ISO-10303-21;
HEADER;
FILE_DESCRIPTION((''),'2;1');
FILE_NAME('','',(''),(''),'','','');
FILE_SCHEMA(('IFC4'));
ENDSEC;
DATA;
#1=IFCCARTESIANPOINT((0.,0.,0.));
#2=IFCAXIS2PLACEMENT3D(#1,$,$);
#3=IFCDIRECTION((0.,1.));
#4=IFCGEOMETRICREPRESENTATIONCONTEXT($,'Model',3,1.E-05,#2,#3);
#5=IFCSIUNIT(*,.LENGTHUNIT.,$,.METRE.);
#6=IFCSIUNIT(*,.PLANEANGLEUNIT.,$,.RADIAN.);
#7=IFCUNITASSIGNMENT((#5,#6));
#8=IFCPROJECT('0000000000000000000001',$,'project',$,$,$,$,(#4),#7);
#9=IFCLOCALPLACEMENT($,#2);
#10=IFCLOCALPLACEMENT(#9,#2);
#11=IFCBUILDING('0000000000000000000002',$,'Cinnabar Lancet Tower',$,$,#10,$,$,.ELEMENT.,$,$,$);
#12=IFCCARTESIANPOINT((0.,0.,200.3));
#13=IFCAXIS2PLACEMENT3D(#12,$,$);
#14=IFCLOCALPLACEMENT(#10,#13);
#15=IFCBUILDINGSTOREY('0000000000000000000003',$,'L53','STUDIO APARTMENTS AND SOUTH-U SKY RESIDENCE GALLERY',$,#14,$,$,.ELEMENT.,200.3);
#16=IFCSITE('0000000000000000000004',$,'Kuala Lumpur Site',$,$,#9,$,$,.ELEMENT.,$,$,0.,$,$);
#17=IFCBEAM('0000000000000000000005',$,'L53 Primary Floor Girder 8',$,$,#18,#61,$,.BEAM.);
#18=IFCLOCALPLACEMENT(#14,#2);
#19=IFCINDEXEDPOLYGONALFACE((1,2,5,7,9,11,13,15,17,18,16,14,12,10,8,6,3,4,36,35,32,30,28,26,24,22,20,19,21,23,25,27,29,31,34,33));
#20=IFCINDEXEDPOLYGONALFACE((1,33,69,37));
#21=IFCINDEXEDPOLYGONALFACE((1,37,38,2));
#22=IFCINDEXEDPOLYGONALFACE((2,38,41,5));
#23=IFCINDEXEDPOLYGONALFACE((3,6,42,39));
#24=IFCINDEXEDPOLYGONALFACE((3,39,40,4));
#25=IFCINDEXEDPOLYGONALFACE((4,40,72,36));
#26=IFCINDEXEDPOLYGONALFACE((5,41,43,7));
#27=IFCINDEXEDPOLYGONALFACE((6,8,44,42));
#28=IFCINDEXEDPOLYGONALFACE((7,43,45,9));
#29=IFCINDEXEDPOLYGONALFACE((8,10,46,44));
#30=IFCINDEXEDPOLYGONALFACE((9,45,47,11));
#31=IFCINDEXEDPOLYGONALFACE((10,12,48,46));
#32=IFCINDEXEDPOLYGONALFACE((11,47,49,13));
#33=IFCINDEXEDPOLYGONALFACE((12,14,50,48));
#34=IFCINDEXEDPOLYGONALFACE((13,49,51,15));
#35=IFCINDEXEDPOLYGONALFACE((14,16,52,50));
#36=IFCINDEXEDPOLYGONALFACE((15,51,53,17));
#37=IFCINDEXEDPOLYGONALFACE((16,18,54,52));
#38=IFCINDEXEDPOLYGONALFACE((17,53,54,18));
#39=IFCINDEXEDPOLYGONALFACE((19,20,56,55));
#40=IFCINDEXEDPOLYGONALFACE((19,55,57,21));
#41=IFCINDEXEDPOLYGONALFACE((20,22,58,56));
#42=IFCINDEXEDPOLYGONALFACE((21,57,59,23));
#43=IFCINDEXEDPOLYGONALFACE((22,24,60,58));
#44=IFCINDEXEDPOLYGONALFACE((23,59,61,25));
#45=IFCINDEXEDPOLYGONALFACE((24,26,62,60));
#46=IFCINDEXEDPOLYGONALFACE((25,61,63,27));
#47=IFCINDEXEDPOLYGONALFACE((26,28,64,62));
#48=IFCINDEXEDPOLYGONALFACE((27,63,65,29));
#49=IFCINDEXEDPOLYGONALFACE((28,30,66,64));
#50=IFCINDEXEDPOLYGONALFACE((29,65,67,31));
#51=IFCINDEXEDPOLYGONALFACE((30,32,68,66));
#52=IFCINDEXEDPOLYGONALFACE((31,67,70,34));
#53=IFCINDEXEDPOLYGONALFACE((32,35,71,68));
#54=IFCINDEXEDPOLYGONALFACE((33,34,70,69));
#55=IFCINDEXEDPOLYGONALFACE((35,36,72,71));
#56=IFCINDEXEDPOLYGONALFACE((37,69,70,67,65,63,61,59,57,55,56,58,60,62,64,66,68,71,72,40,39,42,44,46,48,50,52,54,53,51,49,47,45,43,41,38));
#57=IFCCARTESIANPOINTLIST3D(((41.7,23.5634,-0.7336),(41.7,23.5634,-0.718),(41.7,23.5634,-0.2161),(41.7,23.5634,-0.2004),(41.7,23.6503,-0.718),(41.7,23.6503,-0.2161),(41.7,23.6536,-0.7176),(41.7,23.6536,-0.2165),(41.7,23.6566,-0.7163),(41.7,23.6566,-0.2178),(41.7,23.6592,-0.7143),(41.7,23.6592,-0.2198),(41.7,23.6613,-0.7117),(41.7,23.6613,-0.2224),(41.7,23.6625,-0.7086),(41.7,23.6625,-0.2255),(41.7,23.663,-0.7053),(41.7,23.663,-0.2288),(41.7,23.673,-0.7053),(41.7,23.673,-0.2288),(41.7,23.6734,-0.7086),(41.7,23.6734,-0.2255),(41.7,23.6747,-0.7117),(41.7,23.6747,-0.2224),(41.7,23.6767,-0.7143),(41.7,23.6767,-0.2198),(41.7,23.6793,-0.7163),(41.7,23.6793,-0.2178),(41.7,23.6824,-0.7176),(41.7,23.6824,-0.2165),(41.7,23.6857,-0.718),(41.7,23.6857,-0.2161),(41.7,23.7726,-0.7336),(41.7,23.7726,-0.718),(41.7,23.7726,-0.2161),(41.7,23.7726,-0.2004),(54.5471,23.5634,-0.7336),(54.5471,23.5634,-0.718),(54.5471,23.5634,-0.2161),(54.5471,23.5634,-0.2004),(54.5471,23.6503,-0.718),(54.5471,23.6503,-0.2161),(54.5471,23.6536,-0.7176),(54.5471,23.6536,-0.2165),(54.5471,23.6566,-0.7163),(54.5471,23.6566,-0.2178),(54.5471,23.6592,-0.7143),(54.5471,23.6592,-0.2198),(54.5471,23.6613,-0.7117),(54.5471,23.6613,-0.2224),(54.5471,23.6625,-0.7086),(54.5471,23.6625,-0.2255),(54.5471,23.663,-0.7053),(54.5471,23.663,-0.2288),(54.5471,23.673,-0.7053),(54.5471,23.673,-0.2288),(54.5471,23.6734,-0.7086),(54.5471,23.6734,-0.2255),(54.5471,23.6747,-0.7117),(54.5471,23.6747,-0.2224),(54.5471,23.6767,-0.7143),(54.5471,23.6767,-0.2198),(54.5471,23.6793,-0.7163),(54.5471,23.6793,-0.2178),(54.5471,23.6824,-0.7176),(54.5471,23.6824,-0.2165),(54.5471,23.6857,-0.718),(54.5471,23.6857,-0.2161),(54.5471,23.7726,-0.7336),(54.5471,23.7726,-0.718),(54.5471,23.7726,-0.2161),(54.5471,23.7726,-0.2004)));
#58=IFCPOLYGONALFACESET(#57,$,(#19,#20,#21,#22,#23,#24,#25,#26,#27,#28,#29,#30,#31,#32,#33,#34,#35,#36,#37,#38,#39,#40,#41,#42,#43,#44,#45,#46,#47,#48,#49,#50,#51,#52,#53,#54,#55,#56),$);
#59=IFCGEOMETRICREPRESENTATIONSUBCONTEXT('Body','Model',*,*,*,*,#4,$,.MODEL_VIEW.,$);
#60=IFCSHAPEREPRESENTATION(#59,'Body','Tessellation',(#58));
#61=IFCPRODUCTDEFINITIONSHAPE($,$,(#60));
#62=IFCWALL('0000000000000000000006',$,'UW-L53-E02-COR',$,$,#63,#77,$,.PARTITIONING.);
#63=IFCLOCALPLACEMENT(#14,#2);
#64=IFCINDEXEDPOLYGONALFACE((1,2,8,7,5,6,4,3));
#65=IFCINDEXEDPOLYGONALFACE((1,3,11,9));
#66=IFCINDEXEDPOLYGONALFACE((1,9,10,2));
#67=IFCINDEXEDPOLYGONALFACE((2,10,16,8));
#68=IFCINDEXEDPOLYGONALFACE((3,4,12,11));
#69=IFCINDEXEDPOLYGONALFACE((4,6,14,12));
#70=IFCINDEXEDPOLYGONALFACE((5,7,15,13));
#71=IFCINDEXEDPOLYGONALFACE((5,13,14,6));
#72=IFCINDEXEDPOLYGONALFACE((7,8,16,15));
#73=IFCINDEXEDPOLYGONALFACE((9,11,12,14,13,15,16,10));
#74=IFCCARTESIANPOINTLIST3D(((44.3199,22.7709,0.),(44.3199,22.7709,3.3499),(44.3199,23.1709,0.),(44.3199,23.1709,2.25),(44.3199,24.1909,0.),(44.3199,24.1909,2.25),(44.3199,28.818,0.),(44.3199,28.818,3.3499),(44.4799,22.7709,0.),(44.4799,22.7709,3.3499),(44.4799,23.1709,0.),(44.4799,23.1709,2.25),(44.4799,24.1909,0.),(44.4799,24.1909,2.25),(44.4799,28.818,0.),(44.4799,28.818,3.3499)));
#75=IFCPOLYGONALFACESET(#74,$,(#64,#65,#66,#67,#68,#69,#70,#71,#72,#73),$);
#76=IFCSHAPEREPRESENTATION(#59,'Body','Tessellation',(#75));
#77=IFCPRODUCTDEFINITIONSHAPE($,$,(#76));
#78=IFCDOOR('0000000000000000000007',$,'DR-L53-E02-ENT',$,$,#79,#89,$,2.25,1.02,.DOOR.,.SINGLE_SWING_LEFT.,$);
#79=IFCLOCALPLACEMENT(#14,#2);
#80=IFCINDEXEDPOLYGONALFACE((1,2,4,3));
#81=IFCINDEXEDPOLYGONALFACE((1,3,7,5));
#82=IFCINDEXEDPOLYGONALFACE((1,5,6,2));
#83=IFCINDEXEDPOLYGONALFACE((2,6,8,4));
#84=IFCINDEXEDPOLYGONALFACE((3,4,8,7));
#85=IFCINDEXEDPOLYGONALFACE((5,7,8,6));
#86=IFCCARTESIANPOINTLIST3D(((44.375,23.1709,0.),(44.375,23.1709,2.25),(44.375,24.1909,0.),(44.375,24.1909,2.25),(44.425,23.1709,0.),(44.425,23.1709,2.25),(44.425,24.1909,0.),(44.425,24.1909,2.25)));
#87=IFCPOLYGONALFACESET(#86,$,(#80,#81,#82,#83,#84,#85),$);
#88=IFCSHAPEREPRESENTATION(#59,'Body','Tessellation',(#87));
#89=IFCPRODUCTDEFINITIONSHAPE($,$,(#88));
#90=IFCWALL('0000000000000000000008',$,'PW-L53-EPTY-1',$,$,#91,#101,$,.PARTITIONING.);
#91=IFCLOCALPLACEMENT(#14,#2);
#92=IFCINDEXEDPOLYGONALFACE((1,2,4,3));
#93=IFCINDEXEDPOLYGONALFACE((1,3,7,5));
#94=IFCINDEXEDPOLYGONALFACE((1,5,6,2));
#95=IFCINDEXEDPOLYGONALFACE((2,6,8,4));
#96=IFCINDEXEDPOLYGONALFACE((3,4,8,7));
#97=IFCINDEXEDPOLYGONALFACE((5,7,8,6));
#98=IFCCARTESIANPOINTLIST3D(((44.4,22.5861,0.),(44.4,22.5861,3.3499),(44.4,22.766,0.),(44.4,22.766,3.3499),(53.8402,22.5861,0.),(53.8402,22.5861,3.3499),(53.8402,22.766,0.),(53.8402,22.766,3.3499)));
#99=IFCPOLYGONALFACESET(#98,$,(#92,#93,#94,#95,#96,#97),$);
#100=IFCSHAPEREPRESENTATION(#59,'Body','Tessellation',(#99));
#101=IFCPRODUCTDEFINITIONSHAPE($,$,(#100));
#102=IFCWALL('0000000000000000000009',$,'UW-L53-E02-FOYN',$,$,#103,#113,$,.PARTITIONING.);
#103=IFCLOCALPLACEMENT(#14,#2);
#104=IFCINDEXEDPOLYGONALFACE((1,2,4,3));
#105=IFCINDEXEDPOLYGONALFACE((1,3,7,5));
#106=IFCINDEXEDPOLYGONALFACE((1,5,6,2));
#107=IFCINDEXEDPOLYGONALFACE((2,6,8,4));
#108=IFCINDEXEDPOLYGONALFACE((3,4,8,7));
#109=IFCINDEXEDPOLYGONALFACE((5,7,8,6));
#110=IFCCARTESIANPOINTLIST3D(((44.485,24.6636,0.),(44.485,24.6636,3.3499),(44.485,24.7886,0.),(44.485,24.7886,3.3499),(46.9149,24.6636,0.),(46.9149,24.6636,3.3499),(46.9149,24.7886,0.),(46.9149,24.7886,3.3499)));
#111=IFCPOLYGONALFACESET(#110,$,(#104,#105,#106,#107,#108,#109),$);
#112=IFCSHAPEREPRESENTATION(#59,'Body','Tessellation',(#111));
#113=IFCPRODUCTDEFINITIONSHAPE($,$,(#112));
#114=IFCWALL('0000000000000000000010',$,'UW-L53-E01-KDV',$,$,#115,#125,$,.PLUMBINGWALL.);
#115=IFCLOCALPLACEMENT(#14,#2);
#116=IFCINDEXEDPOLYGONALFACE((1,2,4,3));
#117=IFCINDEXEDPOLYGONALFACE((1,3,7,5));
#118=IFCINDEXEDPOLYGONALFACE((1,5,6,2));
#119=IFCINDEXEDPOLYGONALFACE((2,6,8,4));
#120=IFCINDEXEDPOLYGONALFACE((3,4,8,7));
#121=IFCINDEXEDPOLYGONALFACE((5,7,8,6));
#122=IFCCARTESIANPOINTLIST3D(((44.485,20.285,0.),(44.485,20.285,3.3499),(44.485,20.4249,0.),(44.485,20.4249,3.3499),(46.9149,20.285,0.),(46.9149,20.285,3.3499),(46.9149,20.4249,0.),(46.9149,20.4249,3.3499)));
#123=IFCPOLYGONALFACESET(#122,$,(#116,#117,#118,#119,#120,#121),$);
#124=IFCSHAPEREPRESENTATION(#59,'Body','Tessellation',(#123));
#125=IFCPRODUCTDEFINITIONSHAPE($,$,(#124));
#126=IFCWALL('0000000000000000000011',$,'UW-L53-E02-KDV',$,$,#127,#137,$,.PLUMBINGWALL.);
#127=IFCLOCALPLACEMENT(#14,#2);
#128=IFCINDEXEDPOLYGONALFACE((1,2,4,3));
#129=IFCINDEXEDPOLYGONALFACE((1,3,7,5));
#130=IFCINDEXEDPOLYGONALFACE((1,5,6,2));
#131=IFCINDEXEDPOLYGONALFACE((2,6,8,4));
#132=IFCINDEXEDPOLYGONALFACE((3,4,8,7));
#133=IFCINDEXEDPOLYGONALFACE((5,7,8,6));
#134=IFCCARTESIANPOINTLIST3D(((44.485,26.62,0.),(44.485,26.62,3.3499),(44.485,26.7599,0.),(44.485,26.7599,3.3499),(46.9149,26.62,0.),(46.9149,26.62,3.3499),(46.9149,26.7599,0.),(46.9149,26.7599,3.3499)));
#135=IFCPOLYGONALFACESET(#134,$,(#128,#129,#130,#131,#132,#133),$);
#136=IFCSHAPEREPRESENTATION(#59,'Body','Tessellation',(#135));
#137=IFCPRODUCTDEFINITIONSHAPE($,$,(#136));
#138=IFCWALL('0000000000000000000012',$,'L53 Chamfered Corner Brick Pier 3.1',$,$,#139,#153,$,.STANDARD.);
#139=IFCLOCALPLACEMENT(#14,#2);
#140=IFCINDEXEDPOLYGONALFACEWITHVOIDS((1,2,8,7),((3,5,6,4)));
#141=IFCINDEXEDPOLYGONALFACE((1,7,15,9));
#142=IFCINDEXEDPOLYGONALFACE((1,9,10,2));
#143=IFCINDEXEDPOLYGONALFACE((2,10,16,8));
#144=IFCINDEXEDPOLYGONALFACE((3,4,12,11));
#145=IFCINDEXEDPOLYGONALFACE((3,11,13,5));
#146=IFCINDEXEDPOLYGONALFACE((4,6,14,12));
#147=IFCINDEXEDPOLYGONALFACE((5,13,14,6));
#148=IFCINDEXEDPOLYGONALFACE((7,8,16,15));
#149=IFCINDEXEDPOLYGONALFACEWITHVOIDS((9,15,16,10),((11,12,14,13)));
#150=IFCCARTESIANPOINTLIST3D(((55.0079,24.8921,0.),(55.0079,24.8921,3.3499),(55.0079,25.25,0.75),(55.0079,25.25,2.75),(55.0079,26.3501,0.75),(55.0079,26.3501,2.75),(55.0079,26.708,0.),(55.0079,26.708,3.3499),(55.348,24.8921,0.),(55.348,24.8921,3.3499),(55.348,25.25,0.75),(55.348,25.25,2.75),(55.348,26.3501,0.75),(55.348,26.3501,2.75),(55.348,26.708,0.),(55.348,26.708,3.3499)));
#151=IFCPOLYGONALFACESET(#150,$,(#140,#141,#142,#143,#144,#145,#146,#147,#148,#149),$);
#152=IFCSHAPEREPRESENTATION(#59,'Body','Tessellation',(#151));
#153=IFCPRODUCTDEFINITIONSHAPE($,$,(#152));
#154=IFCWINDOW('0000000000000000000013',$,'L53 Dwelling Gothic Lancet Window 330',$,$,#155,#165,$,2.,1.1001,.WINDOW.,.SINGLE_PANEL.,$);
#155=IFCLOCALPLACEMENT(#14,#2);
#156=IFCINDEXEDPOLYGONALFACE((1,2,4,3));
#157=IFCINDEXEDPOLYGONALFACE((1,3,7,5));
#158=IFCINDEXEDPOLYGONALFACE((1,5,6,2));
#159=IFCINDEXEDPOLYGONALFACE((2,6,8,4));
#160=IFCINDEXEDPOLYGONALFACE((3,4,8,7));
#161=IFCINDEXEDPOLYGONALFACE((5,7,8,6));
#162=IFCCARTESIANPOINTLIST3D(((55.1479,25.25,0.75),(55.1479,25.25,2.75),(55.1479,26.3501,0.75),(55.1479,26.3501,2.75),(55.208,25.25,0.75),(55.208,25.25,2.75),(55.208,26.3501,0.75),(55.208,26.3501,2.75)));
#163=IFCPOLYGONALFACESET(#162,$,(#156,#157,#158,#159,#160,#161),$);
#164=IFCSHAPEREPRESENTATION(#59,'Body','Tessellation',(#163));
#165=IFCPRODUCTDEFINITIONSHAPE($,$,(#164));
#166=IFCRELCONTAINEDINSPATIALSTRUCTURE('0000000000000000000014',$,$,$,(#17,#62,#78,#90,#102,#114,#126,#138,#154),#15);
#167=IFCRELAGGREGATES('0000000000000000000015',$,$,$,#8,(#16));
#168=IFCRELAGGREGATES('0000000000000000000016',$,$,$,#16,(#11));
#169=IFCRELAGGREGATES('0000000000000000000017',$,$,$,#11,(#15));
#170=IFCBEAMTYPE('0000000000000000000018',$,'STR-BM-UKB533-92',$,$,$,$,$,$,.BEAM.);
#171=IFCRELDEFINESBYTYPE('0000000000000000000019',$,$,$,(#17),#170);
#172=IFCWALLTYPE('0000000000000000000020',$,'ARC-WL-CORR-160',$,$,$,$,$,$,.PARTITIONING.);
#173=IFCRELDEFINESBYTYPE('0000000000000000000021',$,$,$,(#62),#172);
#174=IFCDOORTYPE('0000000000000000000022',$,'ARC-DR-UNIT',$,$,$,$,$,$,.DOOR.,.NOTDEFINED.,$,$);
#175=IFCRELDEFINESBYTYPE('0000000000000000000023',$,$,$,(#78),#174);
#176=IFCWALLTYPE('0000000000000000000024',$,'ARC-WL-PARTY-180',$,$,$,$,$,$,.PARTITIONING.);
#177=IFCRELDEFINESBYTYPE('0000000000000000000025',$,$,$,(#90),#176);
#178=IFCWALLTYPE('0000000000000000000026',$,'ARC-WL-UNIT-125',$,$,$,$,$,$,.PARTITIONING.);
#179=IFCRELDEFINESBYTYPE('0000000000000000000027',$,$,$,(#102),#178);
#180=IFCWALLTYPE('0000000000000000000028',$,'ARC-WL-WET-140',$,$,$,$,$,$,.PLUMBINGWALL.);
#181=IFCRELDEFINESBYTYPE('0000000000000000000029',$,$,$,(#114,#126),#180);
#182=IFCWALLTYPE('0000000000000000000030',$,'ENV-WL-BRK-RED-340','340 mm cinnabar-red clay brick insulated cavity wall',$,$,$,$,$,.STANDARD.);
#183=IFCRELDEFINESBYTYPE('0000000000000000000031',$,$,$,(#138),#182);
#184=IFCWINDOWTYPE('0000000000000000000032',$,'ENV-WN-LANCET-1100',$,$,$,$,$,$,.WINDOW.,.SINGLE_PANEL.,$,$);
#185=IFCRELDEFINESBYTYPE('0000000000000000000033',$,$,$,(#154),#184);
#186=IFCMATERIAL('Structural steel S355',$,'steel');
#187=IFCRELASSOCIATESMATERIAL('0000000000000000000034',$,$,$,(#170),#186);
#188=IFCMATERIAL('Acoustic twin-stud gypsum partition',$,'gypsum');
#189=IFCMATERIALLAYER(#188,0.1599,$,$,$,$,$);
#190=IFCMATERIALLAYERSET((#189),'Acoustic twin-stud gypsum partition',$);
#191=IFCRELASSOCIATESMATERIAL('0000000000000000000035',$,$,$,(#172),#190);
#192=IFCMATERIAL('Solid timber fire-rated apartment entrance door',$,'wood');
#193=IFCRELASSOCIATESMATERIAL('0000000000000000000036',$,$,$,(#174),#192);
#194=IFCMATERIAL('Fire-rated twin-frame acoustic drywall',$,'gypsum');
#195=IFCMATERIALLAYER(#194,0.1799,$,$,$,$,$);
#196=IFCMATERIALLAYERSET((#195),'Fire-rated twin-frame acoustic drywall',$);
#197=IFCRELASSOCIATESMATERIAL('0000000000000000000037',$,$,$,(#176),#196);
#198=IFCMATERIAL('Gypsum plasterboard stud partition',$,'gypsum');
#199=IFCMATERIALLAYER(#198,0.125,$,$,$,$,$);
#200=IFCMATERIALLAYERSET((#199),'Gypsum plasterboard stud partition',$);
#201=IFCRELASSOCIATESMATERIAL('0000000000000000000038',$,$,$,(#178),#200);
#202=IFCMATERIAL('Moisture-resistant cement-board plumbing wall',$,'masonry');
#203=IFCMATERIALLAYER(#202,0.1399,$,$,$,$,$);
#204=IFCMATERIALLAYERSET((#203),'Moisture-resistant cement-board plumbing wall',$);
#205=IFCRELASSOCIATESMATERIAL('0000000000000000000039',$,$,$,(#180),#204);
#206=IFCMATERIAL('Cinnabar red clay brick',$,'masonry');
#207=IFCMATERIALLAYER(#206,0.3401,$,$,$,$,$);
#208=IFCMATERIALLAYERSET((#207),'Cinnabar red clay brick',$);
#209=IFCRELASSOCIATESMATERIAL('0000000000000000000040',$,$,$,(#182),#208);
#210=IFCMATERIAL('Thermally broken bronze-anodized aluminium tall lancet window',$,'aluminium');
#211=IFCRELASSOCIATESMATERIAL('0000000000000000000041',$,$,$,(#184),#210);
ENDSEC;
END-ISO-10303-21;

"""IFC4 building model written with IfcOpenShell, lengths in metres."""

from ifc_helpers import new_model, si_unit, direction, frame, frame_2d, origin, origin_2d, place, context, subcontext, project, spatial, rectangle, i_section, extrude, material, layer, layer_set, material_profile, profile_set, type_object, element, fill, save


model = new_model("IFC4")

# Units and contexts
model_context = context("Model", 3, precision=1e-05, world=origin(), true_north=direction((0.0, 1.0)))
body_context = subcontext(model_context, "Body", "Model", "MODEL_VIEW")
ifc_project = project(units=[si_unit("LENGTHUNIT", "METRE"), si_unit("PLANEANGLEUNIT", "RADIAN")], contexts=[model_context])

# Site, building, storey
site_placement = place(None, origin())
site = spatial("IfcSite", under=ifc_project, at=site_placement, Name="Kuala Lumpur Site", CompositionType="ELEMENT", RefElevation=0.0)
building_placement = place(site_placement, origin())
building = spatial("IfcBuilding", under=site, at=building_placement, Name="Cinnabar Lancet Tower", CompositionType="ELEMENT")
storey_placement = place(building_placement, frame((0.0, 0.0, 200.3)))
storey = spatial("IfcBuildingStorey", under=building, at=storey_placement, Name="L53", Description="STUDIO APARTMENTS AND SOUTH-U SKY RESIDENCE GALLERY", CompositionType="ELEMENT", Elevation=200.3)

# Beam
ifc_material_1 = material(Name="Structural steel S355", Category="steel")
ifc_material_profile_1 = material_profile(ifc_material_1, i_section(OverallWidth=0.2092, OverallDepth=0.5332, WebThickness=0.01, FlangeThickness=0.0156, FilletRadius=0.0127, at=origin_2d()), Name="UKB 533x210x92")
ifc_profile_set_1 = profile_set([ifc_material_profile_1], Name="Structural steel S355")
beam_type_1 = type_object("IfcBeamType", Name="STR-BM-UKB533-92", PredefinedType="BEAM", material=ifc_profile_set_1)
beam_1_placement = place(storey_placement, frame((54.5471, 23.668, -0.467), z_axis=(-1.0, 0.0, 0.0), x_axis=(0.0, -1.0, 0.0)))
element("IfcBeam", 1, at=beam_1_placement, inside=storey, type_object=beam_type_1, Name="L53 Primary Floor Girder 8", PredefinedType="BEAM", context=body_context, shape_type="SweptSolid", body=[
    extrude(i_section(OverallWidth=0.2092, OverallDepth=0.5332, WebThickness=0.01, FlangeThickness=0.0156, FilletRadius=0.0127, at=origin_2d()), origin(), (0.0, 0.0, 1.0), 12.8472),
])

# Wall, opening, door
ifc_material_2 = material(Name="Acoustic twin-stud gypsum partition", Category="gypsum")
ifc_layer_1 = layer(ifc_material_2, 0.1599)
ifc_layer_set_1 = layer_set([ifc_layer_1], Name="Acoustic twin-stud gypsum partition")
wall_type_1 = type_object("IfcWallType", Name="ARC-WL-CORR-160", PredefinedType="PARTITIONING", material=ifc_layer_set_1)
wall_1_placement = place(storey_placement, frame((44.3999, 22.771, 0.0), z_axis=(0.0, 0.0, 1.0), x_axis=(0.0, 1.0, 0.0)))
wall_1 = element("IfcWall", 2, at=wall_1_placement, inside=storey, type_object=wall_type_1, Name="UW-L53-E02-COR", PredefinedType="PARTITIONING", context=body_context, shape_type="SweptSolid", body=[
    extrude(rectangle(XDim=6.0471, YDim=0.1599, at=frame_2d((3.0234, 0.0))), origin(), (0.0, 0.0, 1.0), 3.3499),
])
opening_1_placement = place(wall_1_placement, frame((0.3999, 0.0, 0.0)))
opening_1 = element("IfcOpeningElement", 3, at=opening_1_placement, cuts=wall_1, PredefinedType="OPENING", context=body_context, shape_type="SweptSolid", body=[
    extrude(rectangle(XDim=1.02, YDim=2.25, at=frame_2d((0.51, 1.125))), frame((0.0, 0.0898, 0.0), z_axis=(0.0, -1.0, 0.0), x_axis=(1.0, 0.0, 0.0)), (0.0, 0.0, 1.0), 0.1799),
])
ifc_material_3 = material(Name="Solid timber fire-rated apartment entrance door", Category="wood")
door_type_1 = type_object("IfcDoorType", Name="ARC-DR-UNIT", OperationType="NOTDEFINED", PredefinedType="DOOR", material=ifc_material_3)
door_1_placement = place(opening_1_placement, origin())
door_1 = element("IfcDoor", 4, at=door_1_placement, inside=storey, type_object=door_type_1, Name="DR-L53-E02-ENT", OperationType="SINGLE_SWING_LEFT", OverallHeight=2.25, OverallWidth=1.02, PredefinedType="DOOR", context=body_context, shape_type="SweptSolid", body=[
    extrude(rectangle(XDim=1.02, YDim=2.25, at=frame_2d((0.51, 1.125))), frame((0.0, 0.0249, 0.0), z_axis=(0.0, -1.0, 0.0), x_axis=(1.0, 0.0, 0.0)), (0.0, 0.0, 1.0), 0.05),
])
fill(opening_1, door_1)

# Walls
ifc_material_4 = material(Name="Fire-rated twin-frame acoustic drywall", Category="gypsum")
ifc_layer_2 = layer(ifc_material_4, 0.1799)
ifc_layer_set_2 = layer_set([ifc_layer_2], Name="Fire-rated twin-frame acoustic drywall")
wall_type_2 = type_object("IfcWallType", Name="ARC-WL-PARTY-180", PredefinedType="PARTITIONING", material=ifc_layer_set_2)
wall_2_placement = place(storey_placement, frame((44.3999, 22.676, 0.0), z_axis=(0.0, 0.0, 1.0), x_axis=(1.0, 0.0, 0.0)))
element("IfcWall", 5, at=wall_2_placement, inside=storey, type_object=wall_type_2, Name="PW-L53-EPTY-1", PredefinedType="PARTITIONING", context=body_context, shape_type="SweptSolid", body=[
    extrude(rectangle(XDim=9.4402, YDim=0.1799, at=frame_2d((4.7202, 0.0))), origin(), (0.0, 0.0, 1.0), 3.3499),
])
ifc_material_5 = material(Name="Gypsum plasterboard stud partition", Category="gypsum")
ifc_layer_3 = layer(ifc_material_5, 0.125)
ifc_layer_set_3 = layer_set([ifc_layer_3], Name="Gypsum plasterboard stud partition")
wall_type_3 = type_object("IfcWallType", Name="ARC-WL-UNIT-125", PredefinedType="PARTITIONING", material=ifc_layer_set_3)
wall_3_placement = place(storey_placement, frame((44.4851, 24.7261, 0.0), z_axis=(0.0, 0.0, 1.0), x_axis=(1.0, 0.0, 0.0)))
element("IfcWall", 6, at=wall_3_placement, inside=storey, type_object=wall_type_3, Name="UW-L53-E02-FOYN", PredefinedType="PARTITIONING", context=body_context, shape_type="SweptSolid", body=[
    extrude(rectangle(XDim=2.4299, YDim=0.125, at=frame_2d((1.2148, 0.0))), origin(), (0.0, 0.0, 1.0), 3.3499),
])
ifc_material_6 = material(Name="Moisture-resistant cement-board plumbing wall", Category="masonry")
ifc_layer_4 = layer(ifc_material_6, 0.1399)
ifc_layer_set_4 = layer_set([ifc_layer_4], Name="Moisture-resistant cement-board plumbing wall")
wall_type_4 = type_object("IfcWallType", Name="ARC-WL-WET-140", PredefinedType="PLUMBINGWALL", material=ifc_layer_set_4)
wall_4_placement = place(storey_placement, frame((44.4851, 20.355, 0.0), z_axis=(0.0, 0.0, 1.0), x_axis=(1.0, 0.0, 0.0)))
element("IfcWall", 7, at=wall_4_placement, inside=storey, type_object=wall_type_4, Name="UW-L53-E01-KDV", PredefinedType="PLUMBINGWALL", context=body_context, shape_type="SweptSolid", body=[
    extrude(rectangle(XDim=2.4299, YDim=0.1399, at=frame_2d((1.2148, 0.0))), origin(), (0.0, 0.0, 1.0), 3.3499),
])

# Wall
wall_5_placement = place(storey_placement, frame((44.4851, 26.6899, 0.0), z_axis=(0.0, 0.0, 1.0), x_axis=(1.0, 0.0, 0.0)))
element("IfcWall", 8, at=wall_5_placement, inside=storey, type_object=wall_type_4, Name="UW-L53-E02-KDV", PredefinedType="PLUMBINGWALL", context=body_context, shape_type="SweptSolid", body=[
    extrude(rectangle(XDim=2.4299, YDim=0.1399, at=frame_2d((1.2148, 0.0))), origin(), (0.0, 0.0, 1.0), 3.3499),
])

# Wall, opening, window
ifc_material_7 = material(Name="Cinnabar red clay brick", Category="masonry")
ifc_layer_5 = layer(ifc_material_7, 0.3401)
ifc_layer_set_5 = layer_set([ifc_layer_5], Name="Cinnabar red clay brick")
wall_type_5 = type_object("IfcWallType", Name="ENV-WL-BRK-RED-340", Description="340 mm cinnabar-red clay brick insulated cavity wall", PredefinedType="STANDARD", material=ifc_layer_set_5)
wall_6_placement = place(storey_placement, frame((55.178, 24.8921, 0.0), z_axis=(0.0, 0.0, 1.0), x_axis=(0.0, 1.0, 0.0)))
wall_6 = element("IfcWall", 9, at=wall_6_placement, inside=storey, type_object=wall_type_5, Name="L53 Chamfered Corner Brick Pier 3.1", PredefinedType="STANDARD", context=body_context, shape_type="SweptSolid", body=[
    extrude(rectangle(XDim=1.8159, YDim=0.3401, at=frame_2d((0.908, 0.0))), origin(), (0.0, 0.0, 1.0), 3.3499),
])
opening_2_placement = place(wall_6_placement, frame((0.3579, 0.0, 0.75)))
opening_2 = element("IfcOpeningElement", 10, at=opening_2_placement, cuts=wall_6, PredefinedType="OPENING", context=body_context, shape_type="SweptSolid", body=[
    extrude(rectangle(XDim=1.1001, YDim=2.0, at=frame_2d((0.55, 1.0))), frame((0.0, 0.1799, 0.0), z_axis=(0.0, -1.0, 0.0), x_axis=(1.0, 0.0, 0.0)), (0.0, 0.0, 1.0), 0.3601),
])
ifc_material_8 = material(Name="Thermally broken bronze-anodized aluminium tall lancet window", Category="aluminium")
window_type_1 = type_object("IfcWindowType", Name="ENV-WN-LANCET-1100", PartitioningType="SINGLE_PANEL", PredefinedType="WINDOW", material=ifc_material_8)
window_1_placement = place(opening_2_placement, origin())
window_1 = element("IfcWindow", 11, at=window_1_placement, inside=storey, type_object=window_type_1, Name="L53 Dwelling Gothic Lancet Window 330", OverallHeight=2.0, OverallWidth=1.1001, PartitioningType="SINGLE_PANEL", PredefinedType="WINDOW", context=body_context, shape_type="SweptSolid", body=[
    extrude(rectangle(XDim=1.1001, YDim=2.0, at=frame_2d((0.55, 1.0))), frame((0.0, 0.03, 0.0), z_axis=(0.0, -1.0, 0.0), x_axis=(1.0, 0.0, 0.0)), (0.0, 0.0, 1.0), 0.0601),
])
fill(opening_2, window_1)

save(model, "model.ifc")
